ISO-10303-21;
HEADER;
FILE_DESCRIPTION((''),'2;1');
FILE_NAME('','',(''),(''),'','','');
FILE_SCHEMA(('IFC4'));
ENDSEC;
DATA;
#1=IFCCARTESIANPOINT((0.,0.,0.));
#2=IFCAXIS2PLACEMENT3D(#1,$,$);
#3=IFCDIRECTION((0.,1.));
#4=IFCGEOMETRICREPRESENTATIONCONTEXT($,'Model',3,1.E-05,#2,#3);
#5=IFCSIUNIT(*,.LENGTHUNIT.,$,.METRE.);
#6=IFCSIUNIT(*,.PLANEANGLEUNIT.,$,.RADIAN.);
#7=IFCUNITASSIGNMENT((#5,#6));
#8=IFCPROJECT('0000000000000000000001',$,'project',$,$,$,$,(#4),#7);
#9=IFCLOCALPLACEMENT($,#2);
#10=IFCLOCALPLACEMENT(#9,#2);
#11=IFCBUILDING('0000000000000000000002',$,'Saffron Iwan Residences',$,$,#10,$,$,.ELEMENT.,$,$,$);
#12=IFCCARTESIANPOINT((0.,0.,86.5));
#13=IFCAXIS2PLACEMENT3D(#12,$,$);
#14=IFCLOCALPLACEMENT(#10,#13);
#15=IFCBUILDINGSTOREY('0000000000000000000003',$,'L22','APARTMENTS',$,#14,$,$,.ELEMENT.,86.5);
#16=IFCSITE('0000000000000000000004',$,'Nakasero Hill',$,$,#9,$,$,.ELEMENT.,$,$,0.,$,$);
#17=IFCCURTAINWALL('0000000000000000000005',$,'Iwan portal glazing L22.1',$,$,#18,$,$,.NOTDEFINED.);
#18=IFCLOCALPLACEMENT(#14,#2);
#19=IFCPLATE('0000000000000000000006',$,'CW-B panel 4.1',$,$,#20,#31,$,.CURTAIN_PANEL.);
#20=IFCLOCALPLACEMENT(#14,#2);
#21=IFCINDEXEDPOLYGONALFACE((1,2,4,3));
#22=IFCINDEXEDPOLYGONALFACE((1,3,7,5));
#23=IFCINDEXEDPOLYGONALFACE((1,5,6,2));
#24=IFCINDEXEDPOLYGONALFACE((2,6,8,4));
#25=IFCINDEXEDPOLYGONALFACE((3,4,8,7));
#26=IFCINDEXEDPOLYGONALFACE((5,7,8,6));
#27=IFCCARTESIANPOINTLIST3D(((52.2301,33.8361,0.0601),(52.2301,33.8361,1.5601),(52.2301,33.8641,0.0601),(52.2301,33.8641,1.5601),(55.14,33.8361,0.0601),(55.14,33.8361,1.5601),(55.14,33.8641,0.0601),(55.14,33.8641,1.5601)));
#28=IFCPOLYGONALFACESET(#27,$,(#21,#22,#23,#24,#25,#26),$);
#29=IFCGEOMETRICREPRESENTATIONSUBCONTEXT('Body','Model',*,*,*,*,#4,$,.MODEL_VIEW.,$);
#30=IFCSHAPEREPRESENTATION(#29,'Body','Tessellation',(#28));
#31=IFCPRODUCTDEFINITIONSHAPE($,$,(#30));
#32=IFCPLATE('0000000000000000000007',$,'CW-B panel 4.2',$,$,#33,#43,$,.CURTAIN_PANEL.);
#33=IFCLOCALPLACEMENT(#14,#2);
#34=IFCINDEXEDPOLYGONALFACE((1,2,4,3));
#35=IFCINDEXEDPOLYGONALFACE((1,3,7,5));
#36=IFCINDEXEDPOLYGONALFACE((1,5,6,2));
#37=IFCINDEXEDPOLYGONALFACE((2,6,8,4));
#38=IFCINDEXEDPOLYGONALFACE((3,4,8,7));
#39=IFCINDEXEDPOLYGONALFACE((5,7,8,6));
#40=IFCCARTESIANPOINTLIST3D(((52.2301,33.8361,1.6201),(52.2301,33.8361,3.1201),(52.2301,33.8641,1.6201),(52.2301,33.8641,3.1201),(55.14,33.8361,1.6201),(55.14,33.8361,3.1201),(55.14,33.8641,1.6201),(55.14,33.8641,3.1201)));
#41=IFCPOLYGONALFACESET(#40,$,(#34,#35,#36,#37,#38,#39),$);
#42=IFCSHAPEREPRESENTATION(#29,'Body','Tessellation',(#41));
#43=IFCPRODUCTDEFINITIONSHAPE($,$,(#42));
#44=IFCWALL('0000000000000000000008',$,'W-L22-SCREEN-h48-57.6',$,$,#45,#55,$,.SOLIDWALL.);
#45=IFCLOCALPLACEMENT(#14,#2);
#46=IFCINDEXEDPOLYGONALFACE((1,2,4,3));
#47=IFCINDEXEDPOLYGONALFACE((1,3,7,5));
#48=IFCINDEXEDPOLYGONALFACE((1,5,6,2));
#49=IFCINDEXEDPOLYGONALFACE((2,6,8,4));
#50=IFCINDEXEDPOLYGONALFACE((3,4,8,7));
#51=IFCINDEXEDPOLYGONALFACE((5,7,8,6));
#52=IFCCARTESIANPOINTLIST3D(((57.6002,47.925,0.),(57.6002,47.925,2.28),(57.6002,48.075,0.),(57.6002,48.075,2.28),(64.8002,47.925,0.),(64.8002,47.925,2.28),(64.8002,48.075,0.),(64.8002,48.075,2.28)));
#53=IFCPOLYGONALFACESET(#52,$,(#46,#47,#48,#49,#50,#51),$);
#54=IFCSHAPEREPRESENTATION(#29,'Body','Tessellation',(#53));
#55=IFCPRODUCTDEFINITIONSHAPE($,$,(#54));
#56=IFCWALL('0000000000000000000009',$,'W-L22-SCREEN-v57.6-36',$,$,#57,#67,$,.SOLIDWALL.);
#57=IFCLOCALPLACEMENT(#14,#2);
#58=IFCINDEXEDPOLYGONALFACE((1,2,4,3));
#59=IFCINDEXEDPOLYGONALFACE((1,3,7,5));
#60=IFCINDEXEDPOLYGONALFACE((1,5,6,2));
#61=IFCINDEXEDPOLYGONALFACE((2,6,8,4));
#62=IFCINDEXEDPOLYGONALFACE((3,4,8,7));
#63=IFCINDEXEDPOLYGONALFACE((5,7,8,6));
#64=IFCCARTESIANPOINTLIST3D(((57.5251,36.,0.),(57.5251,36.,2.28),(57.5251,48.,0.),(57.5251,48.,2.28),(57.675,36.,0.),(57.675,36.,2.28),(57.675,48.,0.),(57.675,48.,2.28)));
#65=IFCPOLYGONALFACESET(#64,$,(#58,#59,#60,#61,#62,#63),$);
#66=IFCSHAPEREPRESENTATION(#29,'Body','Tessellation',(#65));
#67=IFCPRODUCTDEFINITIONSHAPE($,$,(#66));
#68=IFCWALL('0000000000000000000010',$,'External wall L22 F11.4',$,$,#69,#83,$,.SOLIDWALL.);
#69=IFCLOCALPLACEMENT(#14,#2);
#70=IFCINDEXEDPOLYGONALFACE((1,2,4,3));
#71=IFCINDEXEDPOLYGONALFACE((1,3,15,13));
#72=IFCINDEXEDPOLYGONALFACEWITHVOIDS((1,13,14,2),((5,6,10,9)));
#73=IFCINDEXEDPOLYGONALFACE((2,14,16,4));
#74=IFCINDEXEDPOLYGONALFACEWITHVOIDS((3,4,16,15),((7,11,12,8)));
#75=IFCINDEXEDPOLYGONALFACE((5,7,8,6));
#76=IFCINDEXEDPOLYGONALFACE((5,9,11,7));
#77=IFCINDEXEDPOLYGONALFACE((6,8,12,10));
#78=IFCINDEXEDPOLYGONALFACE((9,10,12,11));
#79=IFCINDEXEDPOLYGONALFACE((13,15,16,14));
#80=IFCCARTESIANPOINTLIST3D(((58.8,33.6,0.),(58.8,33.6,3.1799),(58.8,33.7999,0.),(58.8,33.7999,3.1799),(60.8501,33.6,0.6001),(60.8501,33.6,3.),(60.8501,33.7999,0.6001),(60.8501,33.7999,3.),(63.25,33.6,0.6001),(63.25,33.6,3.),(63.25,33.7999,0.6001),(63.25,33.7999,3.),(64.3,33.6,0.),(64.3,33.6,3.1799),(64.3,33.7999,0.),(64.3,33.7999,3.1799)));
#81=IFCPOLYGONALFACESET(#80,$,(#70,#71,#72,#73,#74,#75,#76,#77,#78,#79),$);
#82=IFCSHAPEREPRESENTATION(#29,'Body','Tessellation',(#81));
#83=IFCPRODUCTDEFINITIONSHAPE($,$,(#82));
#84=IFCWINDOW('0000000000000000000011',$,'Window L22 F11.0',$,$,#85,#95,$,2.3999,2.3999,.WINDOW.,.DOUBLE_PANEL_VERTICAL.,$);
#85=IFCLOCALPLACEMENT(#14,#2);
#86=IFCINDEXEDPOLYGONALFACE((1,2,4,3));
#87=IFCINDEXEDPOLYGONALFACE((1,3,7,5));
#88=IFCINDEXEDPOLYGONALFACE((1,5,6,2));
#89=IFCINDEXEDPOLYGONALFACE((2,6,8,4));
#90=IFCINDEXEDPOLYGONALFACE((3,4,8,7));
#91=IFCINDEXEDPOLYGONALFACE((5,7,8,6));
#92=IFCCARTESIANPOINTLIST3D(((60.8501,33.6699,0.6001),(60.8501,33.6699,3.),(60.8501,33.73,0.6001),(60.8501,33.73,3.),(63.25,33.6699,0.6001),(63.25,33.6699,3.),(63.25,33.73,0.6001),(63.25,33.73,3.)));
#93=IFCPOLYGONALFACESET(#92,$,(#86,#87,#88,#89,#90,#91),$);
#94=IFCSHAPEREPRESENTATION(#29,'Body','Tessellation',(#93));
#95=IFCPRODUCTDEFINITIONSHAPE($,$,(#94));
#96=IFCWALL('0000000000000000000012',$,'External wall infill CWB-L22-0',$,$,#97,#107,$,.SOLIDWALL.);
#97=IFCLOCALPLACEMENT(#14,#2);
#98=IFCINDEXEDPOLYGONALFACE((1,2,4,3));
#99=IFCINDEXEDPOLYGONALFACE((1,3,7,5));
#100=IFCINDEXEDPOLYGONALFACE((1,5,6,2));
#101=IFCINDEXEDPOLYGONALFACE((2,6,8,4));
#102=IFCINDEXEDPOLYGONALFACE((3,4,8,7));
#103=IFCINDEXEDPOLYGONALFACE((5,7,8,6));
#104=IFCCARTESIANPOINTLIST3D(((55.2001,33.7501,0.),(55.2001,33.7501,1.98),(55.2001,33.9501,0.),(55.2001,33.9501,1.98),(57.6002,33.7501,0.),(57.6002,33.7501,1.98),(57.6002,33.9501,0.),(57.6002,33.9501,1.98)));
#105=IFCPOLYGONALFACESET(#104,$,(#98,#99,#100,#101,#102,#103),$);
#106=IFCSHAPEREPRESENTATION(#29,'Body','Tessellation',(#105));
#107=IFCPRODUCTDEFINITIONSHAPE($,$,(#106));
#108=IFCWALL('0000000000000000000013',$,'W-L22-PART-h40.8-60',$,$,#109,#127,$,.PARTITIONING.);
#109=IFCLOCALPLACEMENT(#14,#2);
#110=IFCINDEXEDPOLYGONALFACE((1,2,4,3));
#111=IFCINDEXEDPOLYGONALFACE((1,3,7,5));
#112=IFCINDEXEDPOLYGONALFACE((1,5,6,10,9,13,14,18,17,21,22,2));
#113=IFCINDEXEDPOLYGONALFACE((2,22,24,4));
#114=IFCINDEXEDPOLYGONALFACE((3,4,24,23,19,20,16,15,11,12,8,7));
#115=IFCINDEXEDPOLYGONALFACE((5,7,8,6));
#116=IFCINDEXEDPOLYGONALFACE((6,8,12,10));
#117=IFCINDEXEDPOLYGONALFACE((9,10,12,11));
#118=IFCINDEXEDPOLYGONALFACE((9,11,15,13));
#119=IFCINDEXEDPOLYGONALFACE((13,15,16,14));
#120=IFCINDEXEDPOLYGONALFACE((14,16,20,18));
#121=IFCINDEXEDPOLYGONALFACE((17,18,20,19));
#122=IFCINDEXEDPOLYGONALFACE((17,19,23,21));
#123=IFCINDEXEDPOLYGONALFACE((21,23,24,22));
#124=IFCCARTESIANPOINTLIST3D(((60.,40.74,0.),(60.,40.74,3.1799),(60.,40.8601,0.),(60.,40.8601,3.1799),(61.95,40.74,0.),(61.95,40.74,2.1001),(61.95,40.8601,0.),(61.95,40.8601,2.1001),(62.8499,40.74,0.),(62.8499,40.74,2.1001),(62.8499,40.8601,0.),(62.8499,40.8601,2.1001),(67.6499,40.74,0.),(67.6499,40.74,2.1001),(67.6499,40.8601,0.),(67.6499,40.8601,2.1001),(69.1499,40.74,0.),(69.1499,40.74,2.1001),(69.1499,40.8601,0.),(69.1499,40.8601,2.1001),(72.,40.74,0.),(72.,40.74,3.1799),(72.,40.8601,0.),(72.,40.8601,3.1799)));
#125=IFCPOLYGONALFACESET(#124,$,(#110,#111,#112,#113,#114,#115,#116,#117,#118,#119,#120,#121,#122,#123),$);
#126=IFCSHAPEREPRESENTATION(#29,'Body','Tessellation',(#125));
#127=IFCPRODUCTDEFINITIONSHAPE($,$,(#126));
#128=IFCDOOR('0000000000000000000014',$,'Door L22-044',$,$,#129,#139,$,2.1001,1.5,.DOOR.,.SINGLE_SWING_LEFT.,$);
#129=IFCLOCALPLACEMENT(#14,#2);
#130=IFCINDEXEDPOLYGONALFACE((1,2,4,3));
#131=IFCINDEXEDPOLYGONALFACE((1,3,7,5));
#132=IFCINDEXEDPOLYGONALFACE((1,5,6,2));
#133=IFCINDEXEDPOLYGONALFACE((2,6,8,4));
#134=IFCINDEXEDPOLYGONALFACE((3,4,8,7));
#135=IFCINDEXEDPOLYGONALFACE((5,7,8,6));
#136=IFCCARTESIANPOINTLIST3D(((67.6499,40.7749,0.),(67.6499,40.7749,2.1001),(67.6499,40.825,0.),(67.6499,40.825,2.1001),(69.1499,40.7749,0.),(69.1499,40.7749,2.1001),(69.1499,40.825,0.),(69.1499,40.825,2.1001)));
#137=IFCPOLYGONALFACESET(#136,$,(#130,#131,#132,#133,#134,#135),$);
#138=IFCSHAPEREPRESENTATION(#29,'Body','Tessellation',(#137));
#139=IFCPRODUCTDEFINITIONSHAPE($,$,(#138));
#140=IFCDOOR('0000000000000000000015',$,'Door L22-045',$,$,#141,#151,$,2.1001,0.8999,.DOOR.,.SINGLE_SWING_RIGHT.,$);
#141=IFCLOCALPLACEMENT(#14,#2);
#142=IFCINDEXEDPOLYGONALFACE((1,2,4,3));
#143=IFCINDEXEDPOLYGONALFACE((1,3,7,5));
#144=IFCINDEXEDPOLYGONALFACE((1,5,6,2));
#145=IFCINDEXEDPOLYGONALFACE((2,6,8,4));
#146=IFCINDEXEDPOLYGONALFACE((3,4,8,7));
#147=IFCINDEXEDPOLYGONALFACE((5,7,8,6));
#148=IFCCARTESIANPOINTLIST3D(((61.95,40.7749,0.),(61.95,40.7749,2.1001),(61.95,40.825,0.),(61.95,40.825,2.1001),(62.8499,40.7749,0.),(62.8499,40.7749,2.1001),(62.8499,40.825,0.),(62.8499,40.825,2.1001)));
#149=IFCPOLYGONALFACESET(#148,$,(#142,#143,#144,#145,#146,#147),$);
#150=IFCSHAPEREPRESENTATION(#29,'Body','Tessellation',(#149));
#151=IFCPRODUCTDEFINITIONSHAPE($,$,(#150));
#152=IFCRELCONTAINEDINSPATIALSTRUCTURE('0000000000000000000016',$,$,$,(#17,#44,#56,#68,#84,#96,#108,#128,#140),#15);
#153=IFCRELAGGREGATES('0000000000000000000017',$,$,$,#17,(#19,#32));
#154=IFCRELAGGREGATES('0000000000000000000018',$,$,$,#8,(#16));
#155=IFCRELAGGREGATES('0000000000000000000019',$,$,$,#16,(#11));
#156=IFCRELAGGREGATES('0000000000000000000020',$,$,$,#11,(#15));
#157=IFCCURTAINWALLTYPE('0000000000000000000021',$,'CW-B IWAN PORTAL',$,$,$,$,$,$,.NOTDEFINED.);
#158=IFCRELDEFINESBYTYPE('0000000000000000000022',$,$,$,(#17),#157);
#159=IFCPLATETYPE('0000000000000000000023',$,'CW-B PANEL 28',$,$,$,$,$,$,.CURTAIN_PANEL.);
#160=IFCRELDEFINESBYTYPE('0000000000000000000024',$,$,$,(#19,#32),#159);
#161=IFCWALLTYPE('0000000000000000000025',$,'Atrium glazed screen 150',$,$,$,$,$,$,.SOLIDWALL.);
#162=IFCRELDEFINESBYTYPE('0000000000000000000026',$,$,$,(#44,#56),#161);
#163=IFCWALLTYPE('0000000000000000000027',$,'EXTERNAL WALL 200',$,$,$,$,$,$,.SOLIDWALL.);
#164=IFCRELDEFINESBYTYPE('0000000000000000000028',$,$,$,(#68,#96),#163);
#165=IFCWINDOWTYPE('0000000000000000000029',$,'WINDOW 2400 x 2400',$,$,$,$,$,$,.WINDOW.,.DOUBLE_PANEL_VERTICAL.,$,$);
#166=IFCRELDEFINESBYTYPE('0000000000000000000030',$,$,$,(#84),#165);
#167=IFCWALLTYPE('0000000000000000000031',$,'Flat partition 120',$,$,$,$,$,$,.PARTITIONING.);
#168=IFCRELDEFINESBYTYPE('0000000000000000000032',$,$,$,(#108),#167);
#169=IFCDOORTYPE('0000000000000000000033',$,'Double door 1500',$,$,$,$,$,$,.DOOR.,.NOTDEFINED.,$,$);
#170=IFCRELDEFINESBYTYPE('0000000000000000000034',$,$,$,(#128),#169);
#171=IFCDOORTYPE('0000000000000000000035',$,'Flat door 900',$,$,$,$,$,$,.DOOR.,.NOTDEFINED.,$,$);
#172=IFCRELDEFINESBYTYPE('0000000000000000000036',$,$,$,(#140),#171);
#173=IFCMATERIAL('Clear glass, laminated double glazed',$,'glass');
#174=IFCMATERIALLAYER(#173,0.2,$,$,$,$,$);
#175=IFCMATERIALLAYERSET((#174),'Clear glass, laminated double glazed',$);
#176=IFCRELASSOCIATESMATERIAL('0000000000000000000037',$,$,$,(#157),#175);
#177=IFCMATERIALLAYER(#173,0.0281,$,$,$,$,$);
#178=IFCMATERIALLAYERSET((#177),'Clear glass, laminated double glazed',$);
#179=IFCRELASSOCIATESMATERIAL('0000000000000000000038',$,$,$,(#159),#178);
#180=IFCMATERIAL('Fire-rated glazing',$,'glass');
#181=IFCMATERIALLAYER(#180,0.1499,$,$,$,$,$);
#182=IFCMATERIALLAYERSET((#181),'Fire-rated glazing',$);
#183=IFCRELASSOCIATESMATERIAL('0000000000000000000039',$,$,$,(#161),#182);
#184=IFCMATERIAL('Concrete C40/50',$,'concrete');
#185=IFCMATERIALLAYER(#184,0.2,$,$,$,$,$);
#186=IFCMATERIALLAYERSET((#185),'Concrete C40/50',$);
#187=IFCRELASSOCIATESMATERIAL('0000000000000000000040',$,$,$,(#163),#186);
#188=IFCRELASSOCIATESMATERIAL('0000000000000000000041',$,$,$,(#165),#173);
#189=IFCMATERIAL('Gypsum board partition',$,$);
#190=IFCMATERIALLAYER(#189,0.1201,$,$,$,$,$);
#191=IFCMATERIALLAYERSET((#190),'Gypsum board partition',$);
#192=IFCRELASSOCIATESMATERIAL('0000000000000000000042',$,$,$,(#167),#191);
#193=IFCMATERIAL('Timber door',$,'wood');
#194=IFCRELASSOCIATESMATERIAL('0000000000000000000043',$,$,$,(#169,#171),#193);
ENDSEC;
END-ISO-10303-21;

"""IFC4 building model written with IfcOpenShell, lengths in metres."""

from ifc_helpers import new_model, si_unit, direction, frame, frame_2d, origin, origin_2d, place, context, subcontext, project, spatial, rectangle, extrude, source, transform, mapped, material, layer, layer_set, type_object, element, fill, aggregate, save


model = new_model("IFC4")

# Units and contexts
model_context = context("Model", 3, precision=1e-05, world=origin(), true_north=direction((0.0, 1.0)))
body_context = subcontext(model_context, "Body", "Model", "MODEL_VIEW")
ifc_project = project(units=[si_unit("LENGTHUNIT", "METRE"), si_unit("PLANEANGLEUNIT", "RADIAN")], contexts=[model_context])

# Site, building, storey
site_placement = place(None, origin())
site = spatial("IfcSite", under=ifc_project, at=site_placement, Name="Nakasero Hill", CompositionType="ELEMENT", RefElevation=0.0)
building_placement = place(site_placement, origin())
building = spatial("IfcBuilding", under=site, at=building_placement, Name="Saffron Iwan Residences", CompositionType="ELEMENT")
storey_placement = place(building_placement, frame((0.0, 0.0, 86.5)))
storey = spatial("IfcBuildingStorey", under=building, at=storey_placement, Name="L22", Description="APARTMENTS", CompositionType="ELEMENT", Elevation=86.5)

# Curtain wall, plates
ifc_material_1 = material(Name="Clear glass, laminated double glazed", Category="glass")
ifc_layer_1 = layer(ifc_material_1, 0.2)
ifc_layer_set_1 = layer_set([ifc_layer_1], Name="Clear glass, laminated double glazed")
curtain_wall_type = type_object("IfcCurtainWallType", Name="CW-B IWAN PORTAL", PredefinedType="NOTDEFINED", material=ifc_layer_set_1)
curtain_wall_placement = place(storey_placement, origin())
curtain_wall = element("IfcCurtainWall", 1, at=curtain_wall_placement, inside=storey, type_object=curtain_wall_type, Name="Iwan portal glazing L22.1", PredefinedType="NOTDEFINED")
ifc_layer_2 = layer(ifc_material_1, 0.0281)
ifc_layer_set_2 = layer_set([ifc_layer_2], Name="Clear glass, laminated double glazed")
plate_type = type_object("IfcPlateType", Name="CW-B PANEL 28", PredefinedType="CURTAIN_PANEL", material=ifc_layer_set_2)
shared_shape_1 = source(origin(), body_context, "Body", "SweptSolid", [
    extrude(rectangle(XDim=2.9099, YDim=0.0281, at=origin_2d()), origin(), (0.0, 0.0, 1.0), 1.5),
])
plate_1_placement = place(storey_placement, frame((53.6851, 33.8501, 0.0601), z_axis=(0.0, 0.0, 1.0), x_axis=(1.0, 0.0, 0.0)))
plate_1 = element("IfcPlate", 2, at=plate_1_placement, type_object=plate_type, Name="CW-B panel 4.1", PredefinedType="CURTAIN_PANEL", context=body_context, shape_type="MappedRepresentation", body=[
    mapped(shared_shape_1, transform((0.0, 0.0, 0.0))),
])
plate_2_placement = place(storey_placement, frame((53.6851, 33.8501, 1.6201), z_axis=(0.0, 0.0, 1.0), x_axis=(1.0, 0.0, 0.0)))
plate_2 = element("IfcPlate", 3, at=plate_2_placement, type_object=plate_type, Name="CW-B panel 4.2", PredefinedType="CURTAIN_PANEL", context=body_context, shape_type="MappedRepresentation", body=[
    mapped(shared_shape_1, transform((0.0, 0.0, 0.0))),
])
aggregate(curtain_wall, [plate_1, plate_2])

# Walls
ifc_material_2 = material(Name="Fire-rated glazing", Category="glass")
ifc_layer_3 = layer(ifc_material_2, 0.1499)
ifc_layer_set_3 = layer_set([ifc_layer_3], Name="Fire-rated glazing")
wall_type_1 = type_object("IfcWallType", Name="Atrium glazed screen 150", PredefinedType="SOLIDWALL", material=ifc_layer_set_3)
wall_1_placement = place(storey_placement, frame((57.6001, 48.0, 0.0), z_axis=(0.0, 0.0, 1.0), x_axis=(1.0, 0.0, 0.0)))
element("IfcWall", 4, at=wall_1_placement, inside=storey, type_object=wall_type_1, Name="W-L22-SCREEN-h48-57.6", PredefinedType="SOLIDWALL", context=body_context, shape_type="SweptSolid", body=[
    extrude(rectangle(XDim=7.2, YDim=0.1499, at=frame_2d((3.6001, 0.0))), origin(), (0.0, 0.0, 1.0), 2.28),
])
wall_2_placement = place(storey_placement, frame((57.6001, 36.0, 0.0), z_axis=(0.0, 0.0, 1.0), x_axis=(0.0, 1.0, 0.0)))
element("IfcWall", 5, at=wall_2_placement, inside=storey, type_object=wall_type_1, Name="W-L22-SCREEN-v57.6-36", PredefinedType="SOLIDWALL", context=body_context, shape_type="SweptSolid", body=[
    extrude(rectangle(XDim=12.0, YDim=0.1499, at=frame_2d((6.0, 0.0))), origin(), (0.0, 0.0, 1.0), 2.28),
])

# Wall, opening, window
ifc_material_3 = material(Name="Concrete C40/50", Category="concrete")
ifc_layer_4 = layer(ifc_material_3, 0.2)
ifc_layer_set_4 = layer_set([ifc_layer_4], Name="Concrete C40/50")
wall_type_2 = type_object("IfcWallType", Name="EXTERNAL WALL 200", PredefinedType="SOLIDWALL", material=ifc_layer_set_4)
wall_3_placement = place(storey_placement, frame((58.8, 33.7, 0.0), z_axis=(0.0, 0.0, 1.0), x_axis=(1.0, 0.0, 0.0)))
wall_3 = element("IfcWall", 6, at=wall_3_placement, inside=storey, type_object=wall_type_2, Name="External wall L22 F11.4", PredefinedType="SOLIDWALL", context=body_context, shape_type="SweptSolid", body=[
    extrude(rectangle(XDim=5.5, YDim=0.2, at=frame_2d((2.75, 0.0))), origin(), (0.0, 0.0, 1.0), 3.1799),
])
opening_1_placement = place(wall_3_placement, frame((2.05, 0.0, 0.6001)))
opening_1 = element("IfcOpeningElement", 7, at=opening_1_placement, cuts=wall_3, PredefinedType="OPENING", context=body_context, shape_type="SweptSolid", body=[
    extrude(rectangle(XDim=2.3999, YDim=2.3999, at=frame_2d((1.2, 1.2))), frame((0.0, 0.1099, 0.0), z_axis=(0.0, -1.0, 0.0), x_axis=(1.0, 0.0, 0.0)), (0.0, 0.0, 1.0), 0.22),
])
window_type = type_object("IfcWindowType", Name="WINDOW 2400 x 2400", PartitioningType="DOUBLE_PANEL_VERTICAL", PredefinedType="WINDOW", material=ifc_material_1)
window_placement = place(opening_1_placement, origin())
window = element("IfcWindow", 8, at=window_placement, inside=storey, type_object=window_type, Name="Window L22 F11.0", OverallHeight=2.3999, OverallWidth=2.3999, PartitioningType="DOUBLE_PANEL_VERTICAL", PredefinedType="WINDOW", context=body_context, shape_type="SweptSolid", body=[
    extrude(rectangle(XDim=2.3999, YDim=2.3999, at=frame_2d((1.2, 1.2))), frame((0.0, 0.03, 0.0), z_axis=(0.0, -1.0, 0.0), x_axis=(1.0, 0.0, 0.0)), (0.0, 0.0, 1.0), 0.0601),
])
fill(opening_1, window)

# Wall
wall_4_placement = place(storey_placement, frame((55.2, 33.8501, 0.0), z_axis=(0.0, 0.0, 1.0), x_axis=(1.0, 0.0, 0.0)))
element("IfcWall", 9, at=wall_4_placement, inside=storey, type_object=wall_type_2, Name="External wall infill CWB-L22-0", PredefinedType="SOLIDWALL", context=body_context, shape_type="SweptSolid", body=[
    extrude(rectangle(XDim=2.4001, YDim=0.2, at=frame_2d((1.2002, 0.0))), origin(), (0.0, 0.0, 1.0), 1.98),
])

# Wall, openings, doors
ifc_material_4 = material(Name="Gypsum board partition")
ifc_layer_5 = layer(ifc_material_4, 0.1201)
ifc_layer_set_5 = layer_set([ifc_layer_5], Name="Gypsum board partition")
wall_type_3 = type_object("IfcWallType", Name="Flat partition 120", PredefinedType="PARTITIONING", material=ifc_layer_set_5)
wall_5_placement = place(storey_placement, frame((60.0, 40.8, 0.0), z_axis=(0.0, 0.0, 1.0), x_axis=(1.0, 0.0, 0.0)))
wall_5 = element("IfcWall", 10, at=wall_5_placement, inside=storey, type_object=wall_type_3, Name="W-L22-PART-h40.8-60", PredefinedType="PARTITIONING", context=body_context, shape_type="SweptSolid", body=[
    extrude(rectangle(XDim=12.0, YDim=0.1201, at=frame_2d((6.0, 0.0))), origin(), (0.0, 0.0, 1.0), 3.1799),
])
opening_2_placement = place(wall_5_placement, frame((7.6499, 0.0, 0.0)))
opening_2 = element("IfcOpeningElement", 11, at=opening_2_placement, cuts=wall_5, PredefinedType="OPENING", context=body_context, shape_type="SweptSolid", body=[
    extrude(rectangle(XDim=1.5, YDim=2.1001, at=frame_2d((0.75, 1.05))), frame((0.0, 0.0701, 0.0), z_axis=(0.0, -1.0, 0.0), x_axis=(1.0, 0.0, 0.0)), (0.0, 0.0, 1.0), 0.1401),
])
opening_3_placement = place(wall_5_placement, frame((1.95, 0.0, 0.0)))
opening_3 = element("IfcOpeningElement", 12, at=opening_3_placement, cuts=wall_5, PredefinedType="OPENING", context=body_context, shape_type="SweptSolid", body=[
    extrude(rectangle(XDim=0.8999, YDim=2.1001, at=frame_2d((0.45, 1.05))), frame((0.0, 0.0701, 0.0), z_axis=(0.0, -1.0, 0.0), x_axis=(1.0, 0.0, 0.0)), (0.0, 0.0, 1.0), 0.1401),
])
ifc_material_5 = material(Name="Timber door", Category="wood")
door_type_1 = type_object("IfcDoorType", Name="Double door 1500", OperationType="NOTDEFINED", PredefinedType="DOOR", material=ifc_material_5)
door_1_placement = place(opening_2_placement, origin())
door_1 = element("IfcDoor", 13, at=door_1_placement, inside=storey, type_object=door_type_1, Name="Door L22-044", OperationType="SINGLE_SWING_LEFT", OverallHeight=2.1001, OverallWidth=1.5, PredefinedType="DOOR", context=body_context, shape_type="SweptSolid", body=[
    extrude(rectangle(XDim=1.5, YDim=2.1001, at=frame_2d((0.75, 1.05))), frame((0.0, 0.0249, 0.0), z_axis=(0.0, -1.0, 0.0), x_axis=(1.0, 0.0, 0.0)), (0.0, 0.0, 1.0), 0.05),
])
fill(opening_2, door_1)
door_type_2 = type_object("IfcDoorType", Name="Flat door 900", OperationType="NOTDEFINED", PredefinedType="DOOR", material=ifc_material_5)
door_2_placement = place(opening_3_placement, origin())
door_2 = element("IfcDoor", 14, at=door_2_placement, inside=storey, type_object=door_type_2, Name="Door L22-045", OperationType="SINGLE_SWING_RIGHT", OverallHeight=2.1001, OverallWidth=0.8999, PredefinedType="DOOR", context=body_context, shape_type="SweptSolid", body=[
    extrude(rectangle(XDim=0.8999, YDim=2.1001, at=frame_2d((0.45, 1.05))), frame((0.0, 0.0249, 0.0), z_axis=(0.0, -1.0, 0.0), x_axis=(1.0, 0.0, 0.0)), (0.0, 0.0, 1.0), 0.05),
])
fill(opening_3, door_2)

save(model, "model.ifc")
